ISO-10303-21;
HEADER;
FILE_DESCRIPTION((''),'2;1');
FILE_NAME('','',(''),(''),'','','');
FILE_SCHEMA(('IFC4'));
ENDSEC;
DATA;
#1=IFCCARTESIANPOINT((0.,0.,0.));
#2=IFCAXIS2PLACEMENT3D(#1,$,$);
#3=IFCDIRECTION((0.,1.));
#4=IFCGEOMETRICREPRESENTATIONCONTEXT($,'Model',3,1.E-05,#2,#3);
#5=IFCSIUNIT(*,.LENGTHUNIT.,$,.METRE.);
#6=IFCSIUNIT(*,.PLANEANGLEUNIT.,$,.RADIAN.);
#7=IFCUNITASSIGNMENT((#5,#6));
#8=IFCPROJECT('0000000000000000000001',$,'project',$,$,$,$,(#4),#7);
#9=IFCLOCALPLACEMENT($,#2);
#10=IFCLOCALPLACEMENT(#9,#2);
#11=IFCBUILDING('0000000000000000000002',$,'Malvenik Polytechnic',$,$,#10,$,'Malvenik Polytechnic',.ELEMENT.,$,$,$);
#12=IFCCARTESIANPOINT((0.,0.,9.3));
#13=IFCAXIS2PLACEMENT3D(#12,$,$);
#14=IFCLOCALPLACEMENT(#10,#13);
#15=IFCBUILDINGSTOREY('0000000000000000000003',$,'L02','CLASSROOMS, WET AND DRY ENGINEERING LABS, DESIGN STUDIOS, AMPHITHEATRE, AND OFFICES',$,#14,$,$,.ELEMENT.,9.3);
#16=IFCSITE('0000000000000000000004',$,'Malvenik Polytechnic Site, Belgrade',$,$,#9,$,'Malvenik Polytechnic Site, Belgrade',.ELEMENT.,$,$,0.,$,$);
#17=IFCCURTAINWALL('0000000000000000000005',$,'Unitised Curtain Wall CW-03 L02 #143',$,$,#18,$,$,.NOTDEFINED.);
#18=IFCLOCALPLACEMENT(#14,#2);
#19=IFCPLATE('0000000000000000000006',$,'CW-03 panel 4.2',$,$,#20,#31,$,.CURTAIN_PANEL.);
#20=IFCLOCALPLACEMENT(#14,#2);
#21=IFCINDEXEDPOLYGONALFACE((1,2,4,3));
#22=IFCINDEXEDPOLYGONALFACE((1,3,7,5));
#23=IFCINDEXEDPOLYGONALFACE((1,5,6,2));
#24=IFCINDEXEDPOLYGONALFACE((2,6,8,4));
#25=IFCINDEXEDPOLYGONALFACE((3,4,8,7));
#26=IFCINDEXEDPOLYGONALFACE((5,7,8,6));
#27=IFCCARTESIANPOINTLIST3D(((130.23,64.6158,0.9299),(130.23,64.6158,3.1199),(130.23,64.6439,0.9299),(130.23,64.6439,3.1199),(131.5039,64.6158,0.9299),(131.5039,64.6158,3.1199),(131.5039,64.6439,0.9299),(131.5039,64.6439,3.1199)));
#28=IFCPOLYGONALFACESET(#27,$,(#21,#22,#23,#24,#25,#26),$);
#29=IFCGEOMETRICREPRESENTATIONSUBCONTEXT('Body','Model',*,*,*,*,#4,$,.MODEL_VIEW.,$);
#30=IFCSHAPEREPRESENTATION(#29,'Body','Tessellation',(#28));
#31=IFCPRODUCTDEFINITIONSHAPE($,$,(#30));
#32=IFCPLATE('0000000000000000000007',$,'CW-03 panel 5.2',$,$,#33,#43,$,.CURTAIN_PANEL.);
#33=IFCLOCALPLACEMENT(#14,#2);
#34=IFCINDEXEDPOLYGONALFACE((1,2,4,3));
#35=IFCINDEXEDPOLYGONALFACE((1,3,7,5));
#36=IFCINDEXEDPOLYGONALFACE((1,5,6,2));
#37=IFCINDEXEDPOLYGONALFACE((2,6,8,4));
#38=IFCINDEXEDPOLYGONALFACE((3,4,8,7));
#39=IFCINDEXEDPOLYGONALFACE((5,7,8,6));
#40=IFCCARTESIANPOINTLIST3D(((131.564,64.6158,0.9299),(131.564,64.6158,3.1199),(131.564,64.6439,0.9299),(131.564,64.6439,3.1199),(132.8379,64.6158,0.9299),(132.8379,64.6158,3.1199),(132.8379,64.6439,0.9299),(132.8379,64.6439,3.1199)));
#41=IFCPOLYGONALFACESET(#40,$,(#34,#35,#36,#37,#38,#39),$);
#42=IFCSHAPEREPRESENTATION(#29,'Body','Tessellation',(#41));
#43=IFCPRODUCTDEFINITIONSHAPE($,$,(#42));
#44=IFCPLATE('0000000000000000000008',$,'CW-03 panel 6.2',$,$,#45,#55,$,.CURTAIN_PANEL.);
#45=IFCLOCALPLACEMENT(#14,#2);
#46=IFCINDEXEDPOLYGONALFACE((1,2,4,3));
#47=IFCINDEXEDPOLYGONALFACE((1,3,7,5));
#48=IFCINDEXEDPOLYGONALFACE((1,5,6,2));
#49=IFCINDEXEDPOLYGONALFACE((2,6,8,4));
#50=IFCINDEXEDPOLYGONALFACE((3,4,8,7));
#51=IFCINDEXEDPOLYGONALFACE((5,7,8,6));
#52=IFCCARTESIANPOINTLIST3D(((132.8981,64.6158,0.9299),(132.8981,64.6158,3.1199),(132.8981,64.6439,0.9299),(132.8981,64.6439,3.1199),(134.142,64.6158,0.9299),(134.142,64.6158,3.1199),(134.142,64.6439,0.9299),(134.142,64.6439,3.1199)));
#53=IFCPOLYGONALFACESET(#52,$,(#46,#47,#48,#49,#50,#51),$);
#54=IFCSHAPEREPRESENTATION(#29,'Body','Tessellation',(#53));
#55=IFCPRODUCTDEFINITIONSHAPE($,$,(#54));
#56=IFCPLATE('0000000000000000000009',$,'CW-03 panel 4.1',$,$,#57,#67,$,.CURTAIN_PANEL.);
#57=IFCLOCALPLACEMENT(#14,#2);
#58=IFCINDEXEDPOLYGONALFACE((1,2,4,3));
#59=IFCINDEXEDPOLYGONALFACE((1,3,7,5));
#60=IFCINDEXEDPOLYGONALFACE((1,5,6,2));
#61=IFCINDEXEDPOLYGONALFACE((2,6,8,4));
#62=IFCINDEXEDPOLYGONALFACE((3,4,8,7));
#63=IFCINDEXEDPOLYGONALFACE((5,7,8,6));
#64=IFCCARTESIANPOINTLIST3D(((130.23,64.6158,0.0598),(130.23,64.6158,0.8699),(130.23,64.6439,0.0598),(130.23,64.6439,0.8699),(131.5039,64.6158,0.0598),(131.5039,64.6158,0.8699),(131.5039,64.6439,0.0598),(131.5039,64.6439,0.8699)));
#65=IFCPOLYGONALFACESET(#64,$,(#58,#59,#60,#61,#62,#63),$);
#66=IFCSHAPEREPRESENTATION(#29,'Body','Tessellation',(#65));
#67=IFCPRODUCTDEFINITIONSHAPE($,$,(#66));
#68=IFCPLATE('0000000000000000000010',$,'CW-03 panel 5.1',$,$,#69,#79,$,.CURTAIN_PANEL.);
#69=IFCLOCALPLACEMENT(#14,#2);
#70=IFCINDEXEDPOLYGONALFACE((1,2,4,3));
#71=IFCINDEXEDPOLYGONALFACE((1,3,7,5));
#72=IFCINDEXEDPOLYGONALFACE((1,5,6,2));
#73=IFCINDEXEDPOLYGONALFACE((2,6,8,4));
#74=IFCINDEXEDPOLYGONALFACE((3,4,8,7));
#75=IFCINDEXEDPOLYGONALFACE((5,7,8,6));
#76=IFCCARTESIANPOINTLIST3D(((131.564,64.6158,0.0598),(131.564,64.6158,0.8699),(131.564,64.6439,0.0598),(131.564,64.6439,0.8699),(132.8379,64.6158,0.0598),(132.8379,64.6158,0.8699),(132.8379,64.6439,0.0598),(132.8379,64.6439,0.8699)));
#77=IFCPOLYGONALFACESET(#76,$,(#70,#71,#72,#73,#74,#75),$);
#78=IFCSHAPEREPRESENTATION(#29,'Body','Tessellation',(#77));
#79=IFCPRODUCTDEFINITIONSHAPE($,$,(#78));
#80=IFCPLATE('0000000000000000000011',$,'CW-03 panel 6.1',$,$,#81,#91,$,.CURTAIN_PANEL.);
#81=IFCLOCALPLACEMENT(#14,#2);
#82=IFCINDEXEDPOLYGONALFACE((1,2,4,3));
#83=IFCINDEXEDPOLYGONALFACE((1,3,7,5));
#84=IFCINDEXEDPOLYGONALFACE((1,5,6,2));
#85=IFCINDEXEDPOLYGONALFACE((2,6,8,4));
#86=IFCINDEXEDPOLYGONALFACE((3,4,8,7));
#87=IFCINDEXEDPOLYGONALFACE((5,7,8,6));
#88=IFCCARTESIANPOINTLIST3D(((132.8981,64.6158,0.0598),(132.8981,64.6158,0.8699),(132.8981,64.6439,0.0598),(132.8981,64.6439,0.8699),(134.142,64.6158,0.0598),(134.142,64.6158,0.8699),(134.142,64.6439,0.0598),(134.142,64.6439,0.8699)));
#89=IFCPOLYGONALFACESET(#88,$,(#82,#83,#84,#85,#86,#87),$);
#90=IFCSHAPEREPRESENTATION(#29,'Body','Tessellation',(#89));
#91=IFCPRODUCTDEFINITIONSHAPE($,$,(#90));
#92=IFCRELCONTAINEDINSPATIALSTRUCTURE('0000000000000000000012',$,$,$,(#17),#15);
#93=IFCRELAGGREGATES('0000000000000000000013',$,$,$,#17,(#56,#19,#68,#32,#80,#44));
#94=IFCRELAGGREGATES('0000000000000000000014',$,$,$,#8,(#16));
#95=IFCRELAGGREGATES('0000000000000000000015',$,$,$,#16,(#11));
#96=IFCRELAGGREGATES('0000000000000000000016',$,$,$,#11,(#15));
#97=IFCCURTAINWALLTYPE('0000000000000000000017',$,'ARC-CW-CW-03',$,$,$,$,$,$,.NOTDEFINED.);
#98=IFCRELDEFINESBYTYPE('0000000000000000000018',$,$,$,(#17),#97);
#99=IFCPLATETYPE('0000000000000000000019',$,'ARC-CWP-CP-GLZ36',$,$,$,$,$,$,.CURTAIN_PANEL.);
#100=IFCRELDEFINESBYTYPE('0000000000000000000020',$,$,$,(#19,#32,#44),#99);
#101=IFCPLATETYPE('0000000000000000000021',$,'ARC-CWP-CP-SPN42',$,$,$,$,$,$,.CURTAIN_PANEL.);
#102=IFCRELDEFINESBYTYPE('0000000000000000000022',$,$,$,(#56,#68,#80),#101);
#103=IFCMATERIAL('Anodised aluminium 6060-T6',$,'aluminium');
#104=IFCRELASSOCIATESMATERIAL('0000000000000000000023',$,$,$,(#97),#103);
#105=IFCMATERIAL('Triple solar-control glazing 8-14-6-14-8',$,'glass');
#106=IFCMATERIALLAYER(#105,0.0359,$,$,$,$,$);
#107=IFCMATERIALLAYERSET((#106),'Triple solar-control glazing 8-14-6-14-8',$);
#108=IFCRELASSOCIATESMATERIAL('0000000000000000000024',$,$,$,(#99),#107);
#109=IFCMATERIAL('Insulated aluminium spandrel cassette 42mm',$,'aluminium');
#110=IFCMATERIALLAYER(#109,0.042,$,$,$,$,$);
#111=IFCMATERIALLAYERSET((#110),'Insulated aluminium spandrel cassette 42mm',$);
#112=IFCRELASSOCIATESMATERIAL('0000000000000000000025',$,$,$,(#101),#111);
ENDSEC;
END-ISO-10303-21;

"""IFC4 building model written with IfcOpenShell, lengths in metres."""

from ifc_helpers import new_model, si_unit, direction, frame, origin, origin_2d, place, context, subcontext, project, spatial, rectangle, extrude, material, layer, layer_set, type_object, element, aggregate, save


model = new_model("IFC4")

# Units and contexts
model_context = context("Model", 3, precision=1e-05, world=origin(), true_north=direction((0.0, 1.0)))
body_context = subcontext(model_context, "Body", "Model", "MODEL_VIEW")
ifc_project = project(units=[si_unit("LENGTHUNIT", "METRE"), si_unit("PLANEANGLEUNIT", "RADIAN")], contexts=[model_context])

# Site, building, storey
site_placement = place(None, origin())
site = spatial("IfcSite", under=ifc_project, at=site_placement, Name="Malvenik Polytechnic Site, Belgrade", LongName="Malvenik Polytechnic Site, Belgrade", CompositionType="ELEMENT", RefElevation=0.0)
building_placement = place(site_placement, origin())
building = spatial("IfcBuilding", under=site, at=building_placement, Name="Malvenik Polytechnic", LongName="Malvenik Polytechnic", CompositionType="ELEMENT")
storey_placement = place(building_placement, frame((0.0, 0.0, 9.3)))
storey = spatial("IfcBuildingStorey", under=building, at=storey_placement, Name="L02", Description="CLASSROOMS, WET AND DRY ENGINEERING LABS, DESIGN STUDIOS, AMPHITHEATRE, AND OFFICES", CompositionType="ELEMENT", Elevation=9.3)

# Curtain wall, plates
ifc_material_1 = material(Name="Anodised aluminium 6060-T6", Category="aluminium")
curtain_wall_type = type_object("IfcCurtainWallType", Name="ARC-CW-CW-03", PredefinedType="NOTDEFINED", material=ifc_material_1)
curtain_wall_placement = place(storey_placement, origin())
curtain_wall = element("IfcCurtainWall", 1, at=curtain_wall_placement, inside=storey, type_object=curtain_wall_type, Name="Unitised Curtain Wall CW-03 L02 #143", PredefinedType="NOTDEFINED")
ifc_material_2 = material(Name="Triple solar-control glazing 8-14-6-14-8", Category="glass")
ifc_layer_1 = layer(ifc_material_2, 0.0359)
ifc_layer_set_1 = layer_set([ifc_layer_1], Name="Triple solar-control glazing 8-14-6-14-8")
plate_type_1 = type_object("IfcPlateType", Name="ARC-CWP-CP-GLZ36", PredefinedType="CURTAIN_PANEL", material=ifc_layer_set_1)
plate_1_placement = place(storey_placement, frame((130.8669, 64.6299, 0.9299), z_axis=(0.0, 0.0, 1.0), x_axis=(1.0, 0.0, 0.0)))
plate_1 = element("IfcPlate", 2, at=plate_1_placement, type_object=plate_type_1, Name="CW-03 panel 4.2", PredefinedType="CURTAIN_PANEL", context=body_context, shape_type="SweptSolid", body=[
    extrude(rectangle(XDim=1.2739, YDim=0.0281, at=origin_2d()), origin(), (0.0, 0.0, 1.0), 2.1899),
])
plate_2_placement = place(storey_placement, frame((132.2009, 64.6299, 0.9299), z_axis=(0.0, 0.0, 1.0), x_axis=(1.0, 0.0, 0.0)))
plate_2 = element("IfcPlate", 3, at=plate_2_placement, type_object=plate_type_1, Name="CW-03 panel 5.2", PredefinedType="CURTAIN_PANEL", context=body_context, shape_type="SweptSolid", body=[
    extrude(rectangle(XDim=1.2739, YDim=0.0281, at=origin_2d()), origin(), (0.0, 0.0, 1.0), 2.1899),
])
plate_3_placement = place(storey_placement, frame((133.52, 64.6299, 0.9299), z_axis=(0.0, 0.0, 1.0), x_axis=(1.0, 0.0, 0.0)))
plate_3 = element("IfcPlate", 4, at=plate_3_placement, type_object=plate_type_1, Name="CW-03 panel 6.2", PredefinedType="CURTAIN_PANEL", context=body_context, shape_type="SweptSolid", body=[
    extrude(rectangle(XDim=1.2439, YDim=0.0281, at=origin_2d()), origin(), (0.0, 0.0, 1.0), 2.1899),
])
ifc_material_3 = material(Name="Insulated aluminium spandrel cassette 42mm", Category="aluminium")
ifc_layer_2 = layer(ifc_material_3, 0.042)
ifc_layer_set_2 = layer_set([ifc_layer_2], Name="Insulated aluminium spandrel cassette 42mm")
plate_type_2 = type_object("IfcPlateType", Name="ARC-CWP-CP-SPN42", PredefinedType="CURTAIN_PANEL", material=ifc_layer_set_2)
plate_4_placement = place(storey_placement, frame((130.8669, 64.6299, 0.0598), z_axis=(0.0, 0.0, 1.0), x_axis=(1.0, 0.0, 0.0)))
plate_4 = element("IfcPlate", 5, at=plate_4_placement, type_object=plate_type_2, Name="CW-03 panel 4.1", PredefinedType="CURTAIN_PANEL", context=body_context, shape_type="SweptSolid", body=[
    extrude(rectangle(XDim=1.2739, YDim=0.0281, at=origin_2d()), origin(), (0.0, 0.0, 1.0), 0.8101),
])
plate_5_placement = place(storey_placement, frame((132.2009, 64.6299, 0.0598), z_axis=(0.0, 0.0, 1.0), x_axis=(1.0, 0.0, 0.0)))
plate_5 = element("IfcPlate", 6, at=plate_5_placement, type_object=plate_type_2, Name="CW-03 panel 5.1", PredefinedType="CURTAIN_PANEL", context=body_context, shape_type="SweptSolid", body=[
    extrude(rectangle(XDim=1.2739, YDim=0.0281, at=origin_2d()), origin(), (0.0, 0.0, 1.0), 0.8101),
])
plate_6_placement = place(storey_placement, frame((133.52, 64.6299, 0.0598), z_axis=(0.0, 0.0, 1.0), x_axis=(1.0, 0.0, 0.0)))
plate_6 = element("IfcPlate", 7, at=plate_6_placement, type_object=plate_type_2, Name="CW-03 panel 6.1", PredefinedType="CURTAIN_PANEL", context=body_context, shape_type="SweptSolid", body=[
    extrude(rectangle(XDim=1.2439, YDim=0.0281, at=origin_2d()), origin(), (0.0, 0.0, 1.0), 0.8101),
])
aggregate(curtain_wall, [plate_4, plate_1, plate_5, plate_2, plate_6, plate_3])

save(model, "model.ifc")
